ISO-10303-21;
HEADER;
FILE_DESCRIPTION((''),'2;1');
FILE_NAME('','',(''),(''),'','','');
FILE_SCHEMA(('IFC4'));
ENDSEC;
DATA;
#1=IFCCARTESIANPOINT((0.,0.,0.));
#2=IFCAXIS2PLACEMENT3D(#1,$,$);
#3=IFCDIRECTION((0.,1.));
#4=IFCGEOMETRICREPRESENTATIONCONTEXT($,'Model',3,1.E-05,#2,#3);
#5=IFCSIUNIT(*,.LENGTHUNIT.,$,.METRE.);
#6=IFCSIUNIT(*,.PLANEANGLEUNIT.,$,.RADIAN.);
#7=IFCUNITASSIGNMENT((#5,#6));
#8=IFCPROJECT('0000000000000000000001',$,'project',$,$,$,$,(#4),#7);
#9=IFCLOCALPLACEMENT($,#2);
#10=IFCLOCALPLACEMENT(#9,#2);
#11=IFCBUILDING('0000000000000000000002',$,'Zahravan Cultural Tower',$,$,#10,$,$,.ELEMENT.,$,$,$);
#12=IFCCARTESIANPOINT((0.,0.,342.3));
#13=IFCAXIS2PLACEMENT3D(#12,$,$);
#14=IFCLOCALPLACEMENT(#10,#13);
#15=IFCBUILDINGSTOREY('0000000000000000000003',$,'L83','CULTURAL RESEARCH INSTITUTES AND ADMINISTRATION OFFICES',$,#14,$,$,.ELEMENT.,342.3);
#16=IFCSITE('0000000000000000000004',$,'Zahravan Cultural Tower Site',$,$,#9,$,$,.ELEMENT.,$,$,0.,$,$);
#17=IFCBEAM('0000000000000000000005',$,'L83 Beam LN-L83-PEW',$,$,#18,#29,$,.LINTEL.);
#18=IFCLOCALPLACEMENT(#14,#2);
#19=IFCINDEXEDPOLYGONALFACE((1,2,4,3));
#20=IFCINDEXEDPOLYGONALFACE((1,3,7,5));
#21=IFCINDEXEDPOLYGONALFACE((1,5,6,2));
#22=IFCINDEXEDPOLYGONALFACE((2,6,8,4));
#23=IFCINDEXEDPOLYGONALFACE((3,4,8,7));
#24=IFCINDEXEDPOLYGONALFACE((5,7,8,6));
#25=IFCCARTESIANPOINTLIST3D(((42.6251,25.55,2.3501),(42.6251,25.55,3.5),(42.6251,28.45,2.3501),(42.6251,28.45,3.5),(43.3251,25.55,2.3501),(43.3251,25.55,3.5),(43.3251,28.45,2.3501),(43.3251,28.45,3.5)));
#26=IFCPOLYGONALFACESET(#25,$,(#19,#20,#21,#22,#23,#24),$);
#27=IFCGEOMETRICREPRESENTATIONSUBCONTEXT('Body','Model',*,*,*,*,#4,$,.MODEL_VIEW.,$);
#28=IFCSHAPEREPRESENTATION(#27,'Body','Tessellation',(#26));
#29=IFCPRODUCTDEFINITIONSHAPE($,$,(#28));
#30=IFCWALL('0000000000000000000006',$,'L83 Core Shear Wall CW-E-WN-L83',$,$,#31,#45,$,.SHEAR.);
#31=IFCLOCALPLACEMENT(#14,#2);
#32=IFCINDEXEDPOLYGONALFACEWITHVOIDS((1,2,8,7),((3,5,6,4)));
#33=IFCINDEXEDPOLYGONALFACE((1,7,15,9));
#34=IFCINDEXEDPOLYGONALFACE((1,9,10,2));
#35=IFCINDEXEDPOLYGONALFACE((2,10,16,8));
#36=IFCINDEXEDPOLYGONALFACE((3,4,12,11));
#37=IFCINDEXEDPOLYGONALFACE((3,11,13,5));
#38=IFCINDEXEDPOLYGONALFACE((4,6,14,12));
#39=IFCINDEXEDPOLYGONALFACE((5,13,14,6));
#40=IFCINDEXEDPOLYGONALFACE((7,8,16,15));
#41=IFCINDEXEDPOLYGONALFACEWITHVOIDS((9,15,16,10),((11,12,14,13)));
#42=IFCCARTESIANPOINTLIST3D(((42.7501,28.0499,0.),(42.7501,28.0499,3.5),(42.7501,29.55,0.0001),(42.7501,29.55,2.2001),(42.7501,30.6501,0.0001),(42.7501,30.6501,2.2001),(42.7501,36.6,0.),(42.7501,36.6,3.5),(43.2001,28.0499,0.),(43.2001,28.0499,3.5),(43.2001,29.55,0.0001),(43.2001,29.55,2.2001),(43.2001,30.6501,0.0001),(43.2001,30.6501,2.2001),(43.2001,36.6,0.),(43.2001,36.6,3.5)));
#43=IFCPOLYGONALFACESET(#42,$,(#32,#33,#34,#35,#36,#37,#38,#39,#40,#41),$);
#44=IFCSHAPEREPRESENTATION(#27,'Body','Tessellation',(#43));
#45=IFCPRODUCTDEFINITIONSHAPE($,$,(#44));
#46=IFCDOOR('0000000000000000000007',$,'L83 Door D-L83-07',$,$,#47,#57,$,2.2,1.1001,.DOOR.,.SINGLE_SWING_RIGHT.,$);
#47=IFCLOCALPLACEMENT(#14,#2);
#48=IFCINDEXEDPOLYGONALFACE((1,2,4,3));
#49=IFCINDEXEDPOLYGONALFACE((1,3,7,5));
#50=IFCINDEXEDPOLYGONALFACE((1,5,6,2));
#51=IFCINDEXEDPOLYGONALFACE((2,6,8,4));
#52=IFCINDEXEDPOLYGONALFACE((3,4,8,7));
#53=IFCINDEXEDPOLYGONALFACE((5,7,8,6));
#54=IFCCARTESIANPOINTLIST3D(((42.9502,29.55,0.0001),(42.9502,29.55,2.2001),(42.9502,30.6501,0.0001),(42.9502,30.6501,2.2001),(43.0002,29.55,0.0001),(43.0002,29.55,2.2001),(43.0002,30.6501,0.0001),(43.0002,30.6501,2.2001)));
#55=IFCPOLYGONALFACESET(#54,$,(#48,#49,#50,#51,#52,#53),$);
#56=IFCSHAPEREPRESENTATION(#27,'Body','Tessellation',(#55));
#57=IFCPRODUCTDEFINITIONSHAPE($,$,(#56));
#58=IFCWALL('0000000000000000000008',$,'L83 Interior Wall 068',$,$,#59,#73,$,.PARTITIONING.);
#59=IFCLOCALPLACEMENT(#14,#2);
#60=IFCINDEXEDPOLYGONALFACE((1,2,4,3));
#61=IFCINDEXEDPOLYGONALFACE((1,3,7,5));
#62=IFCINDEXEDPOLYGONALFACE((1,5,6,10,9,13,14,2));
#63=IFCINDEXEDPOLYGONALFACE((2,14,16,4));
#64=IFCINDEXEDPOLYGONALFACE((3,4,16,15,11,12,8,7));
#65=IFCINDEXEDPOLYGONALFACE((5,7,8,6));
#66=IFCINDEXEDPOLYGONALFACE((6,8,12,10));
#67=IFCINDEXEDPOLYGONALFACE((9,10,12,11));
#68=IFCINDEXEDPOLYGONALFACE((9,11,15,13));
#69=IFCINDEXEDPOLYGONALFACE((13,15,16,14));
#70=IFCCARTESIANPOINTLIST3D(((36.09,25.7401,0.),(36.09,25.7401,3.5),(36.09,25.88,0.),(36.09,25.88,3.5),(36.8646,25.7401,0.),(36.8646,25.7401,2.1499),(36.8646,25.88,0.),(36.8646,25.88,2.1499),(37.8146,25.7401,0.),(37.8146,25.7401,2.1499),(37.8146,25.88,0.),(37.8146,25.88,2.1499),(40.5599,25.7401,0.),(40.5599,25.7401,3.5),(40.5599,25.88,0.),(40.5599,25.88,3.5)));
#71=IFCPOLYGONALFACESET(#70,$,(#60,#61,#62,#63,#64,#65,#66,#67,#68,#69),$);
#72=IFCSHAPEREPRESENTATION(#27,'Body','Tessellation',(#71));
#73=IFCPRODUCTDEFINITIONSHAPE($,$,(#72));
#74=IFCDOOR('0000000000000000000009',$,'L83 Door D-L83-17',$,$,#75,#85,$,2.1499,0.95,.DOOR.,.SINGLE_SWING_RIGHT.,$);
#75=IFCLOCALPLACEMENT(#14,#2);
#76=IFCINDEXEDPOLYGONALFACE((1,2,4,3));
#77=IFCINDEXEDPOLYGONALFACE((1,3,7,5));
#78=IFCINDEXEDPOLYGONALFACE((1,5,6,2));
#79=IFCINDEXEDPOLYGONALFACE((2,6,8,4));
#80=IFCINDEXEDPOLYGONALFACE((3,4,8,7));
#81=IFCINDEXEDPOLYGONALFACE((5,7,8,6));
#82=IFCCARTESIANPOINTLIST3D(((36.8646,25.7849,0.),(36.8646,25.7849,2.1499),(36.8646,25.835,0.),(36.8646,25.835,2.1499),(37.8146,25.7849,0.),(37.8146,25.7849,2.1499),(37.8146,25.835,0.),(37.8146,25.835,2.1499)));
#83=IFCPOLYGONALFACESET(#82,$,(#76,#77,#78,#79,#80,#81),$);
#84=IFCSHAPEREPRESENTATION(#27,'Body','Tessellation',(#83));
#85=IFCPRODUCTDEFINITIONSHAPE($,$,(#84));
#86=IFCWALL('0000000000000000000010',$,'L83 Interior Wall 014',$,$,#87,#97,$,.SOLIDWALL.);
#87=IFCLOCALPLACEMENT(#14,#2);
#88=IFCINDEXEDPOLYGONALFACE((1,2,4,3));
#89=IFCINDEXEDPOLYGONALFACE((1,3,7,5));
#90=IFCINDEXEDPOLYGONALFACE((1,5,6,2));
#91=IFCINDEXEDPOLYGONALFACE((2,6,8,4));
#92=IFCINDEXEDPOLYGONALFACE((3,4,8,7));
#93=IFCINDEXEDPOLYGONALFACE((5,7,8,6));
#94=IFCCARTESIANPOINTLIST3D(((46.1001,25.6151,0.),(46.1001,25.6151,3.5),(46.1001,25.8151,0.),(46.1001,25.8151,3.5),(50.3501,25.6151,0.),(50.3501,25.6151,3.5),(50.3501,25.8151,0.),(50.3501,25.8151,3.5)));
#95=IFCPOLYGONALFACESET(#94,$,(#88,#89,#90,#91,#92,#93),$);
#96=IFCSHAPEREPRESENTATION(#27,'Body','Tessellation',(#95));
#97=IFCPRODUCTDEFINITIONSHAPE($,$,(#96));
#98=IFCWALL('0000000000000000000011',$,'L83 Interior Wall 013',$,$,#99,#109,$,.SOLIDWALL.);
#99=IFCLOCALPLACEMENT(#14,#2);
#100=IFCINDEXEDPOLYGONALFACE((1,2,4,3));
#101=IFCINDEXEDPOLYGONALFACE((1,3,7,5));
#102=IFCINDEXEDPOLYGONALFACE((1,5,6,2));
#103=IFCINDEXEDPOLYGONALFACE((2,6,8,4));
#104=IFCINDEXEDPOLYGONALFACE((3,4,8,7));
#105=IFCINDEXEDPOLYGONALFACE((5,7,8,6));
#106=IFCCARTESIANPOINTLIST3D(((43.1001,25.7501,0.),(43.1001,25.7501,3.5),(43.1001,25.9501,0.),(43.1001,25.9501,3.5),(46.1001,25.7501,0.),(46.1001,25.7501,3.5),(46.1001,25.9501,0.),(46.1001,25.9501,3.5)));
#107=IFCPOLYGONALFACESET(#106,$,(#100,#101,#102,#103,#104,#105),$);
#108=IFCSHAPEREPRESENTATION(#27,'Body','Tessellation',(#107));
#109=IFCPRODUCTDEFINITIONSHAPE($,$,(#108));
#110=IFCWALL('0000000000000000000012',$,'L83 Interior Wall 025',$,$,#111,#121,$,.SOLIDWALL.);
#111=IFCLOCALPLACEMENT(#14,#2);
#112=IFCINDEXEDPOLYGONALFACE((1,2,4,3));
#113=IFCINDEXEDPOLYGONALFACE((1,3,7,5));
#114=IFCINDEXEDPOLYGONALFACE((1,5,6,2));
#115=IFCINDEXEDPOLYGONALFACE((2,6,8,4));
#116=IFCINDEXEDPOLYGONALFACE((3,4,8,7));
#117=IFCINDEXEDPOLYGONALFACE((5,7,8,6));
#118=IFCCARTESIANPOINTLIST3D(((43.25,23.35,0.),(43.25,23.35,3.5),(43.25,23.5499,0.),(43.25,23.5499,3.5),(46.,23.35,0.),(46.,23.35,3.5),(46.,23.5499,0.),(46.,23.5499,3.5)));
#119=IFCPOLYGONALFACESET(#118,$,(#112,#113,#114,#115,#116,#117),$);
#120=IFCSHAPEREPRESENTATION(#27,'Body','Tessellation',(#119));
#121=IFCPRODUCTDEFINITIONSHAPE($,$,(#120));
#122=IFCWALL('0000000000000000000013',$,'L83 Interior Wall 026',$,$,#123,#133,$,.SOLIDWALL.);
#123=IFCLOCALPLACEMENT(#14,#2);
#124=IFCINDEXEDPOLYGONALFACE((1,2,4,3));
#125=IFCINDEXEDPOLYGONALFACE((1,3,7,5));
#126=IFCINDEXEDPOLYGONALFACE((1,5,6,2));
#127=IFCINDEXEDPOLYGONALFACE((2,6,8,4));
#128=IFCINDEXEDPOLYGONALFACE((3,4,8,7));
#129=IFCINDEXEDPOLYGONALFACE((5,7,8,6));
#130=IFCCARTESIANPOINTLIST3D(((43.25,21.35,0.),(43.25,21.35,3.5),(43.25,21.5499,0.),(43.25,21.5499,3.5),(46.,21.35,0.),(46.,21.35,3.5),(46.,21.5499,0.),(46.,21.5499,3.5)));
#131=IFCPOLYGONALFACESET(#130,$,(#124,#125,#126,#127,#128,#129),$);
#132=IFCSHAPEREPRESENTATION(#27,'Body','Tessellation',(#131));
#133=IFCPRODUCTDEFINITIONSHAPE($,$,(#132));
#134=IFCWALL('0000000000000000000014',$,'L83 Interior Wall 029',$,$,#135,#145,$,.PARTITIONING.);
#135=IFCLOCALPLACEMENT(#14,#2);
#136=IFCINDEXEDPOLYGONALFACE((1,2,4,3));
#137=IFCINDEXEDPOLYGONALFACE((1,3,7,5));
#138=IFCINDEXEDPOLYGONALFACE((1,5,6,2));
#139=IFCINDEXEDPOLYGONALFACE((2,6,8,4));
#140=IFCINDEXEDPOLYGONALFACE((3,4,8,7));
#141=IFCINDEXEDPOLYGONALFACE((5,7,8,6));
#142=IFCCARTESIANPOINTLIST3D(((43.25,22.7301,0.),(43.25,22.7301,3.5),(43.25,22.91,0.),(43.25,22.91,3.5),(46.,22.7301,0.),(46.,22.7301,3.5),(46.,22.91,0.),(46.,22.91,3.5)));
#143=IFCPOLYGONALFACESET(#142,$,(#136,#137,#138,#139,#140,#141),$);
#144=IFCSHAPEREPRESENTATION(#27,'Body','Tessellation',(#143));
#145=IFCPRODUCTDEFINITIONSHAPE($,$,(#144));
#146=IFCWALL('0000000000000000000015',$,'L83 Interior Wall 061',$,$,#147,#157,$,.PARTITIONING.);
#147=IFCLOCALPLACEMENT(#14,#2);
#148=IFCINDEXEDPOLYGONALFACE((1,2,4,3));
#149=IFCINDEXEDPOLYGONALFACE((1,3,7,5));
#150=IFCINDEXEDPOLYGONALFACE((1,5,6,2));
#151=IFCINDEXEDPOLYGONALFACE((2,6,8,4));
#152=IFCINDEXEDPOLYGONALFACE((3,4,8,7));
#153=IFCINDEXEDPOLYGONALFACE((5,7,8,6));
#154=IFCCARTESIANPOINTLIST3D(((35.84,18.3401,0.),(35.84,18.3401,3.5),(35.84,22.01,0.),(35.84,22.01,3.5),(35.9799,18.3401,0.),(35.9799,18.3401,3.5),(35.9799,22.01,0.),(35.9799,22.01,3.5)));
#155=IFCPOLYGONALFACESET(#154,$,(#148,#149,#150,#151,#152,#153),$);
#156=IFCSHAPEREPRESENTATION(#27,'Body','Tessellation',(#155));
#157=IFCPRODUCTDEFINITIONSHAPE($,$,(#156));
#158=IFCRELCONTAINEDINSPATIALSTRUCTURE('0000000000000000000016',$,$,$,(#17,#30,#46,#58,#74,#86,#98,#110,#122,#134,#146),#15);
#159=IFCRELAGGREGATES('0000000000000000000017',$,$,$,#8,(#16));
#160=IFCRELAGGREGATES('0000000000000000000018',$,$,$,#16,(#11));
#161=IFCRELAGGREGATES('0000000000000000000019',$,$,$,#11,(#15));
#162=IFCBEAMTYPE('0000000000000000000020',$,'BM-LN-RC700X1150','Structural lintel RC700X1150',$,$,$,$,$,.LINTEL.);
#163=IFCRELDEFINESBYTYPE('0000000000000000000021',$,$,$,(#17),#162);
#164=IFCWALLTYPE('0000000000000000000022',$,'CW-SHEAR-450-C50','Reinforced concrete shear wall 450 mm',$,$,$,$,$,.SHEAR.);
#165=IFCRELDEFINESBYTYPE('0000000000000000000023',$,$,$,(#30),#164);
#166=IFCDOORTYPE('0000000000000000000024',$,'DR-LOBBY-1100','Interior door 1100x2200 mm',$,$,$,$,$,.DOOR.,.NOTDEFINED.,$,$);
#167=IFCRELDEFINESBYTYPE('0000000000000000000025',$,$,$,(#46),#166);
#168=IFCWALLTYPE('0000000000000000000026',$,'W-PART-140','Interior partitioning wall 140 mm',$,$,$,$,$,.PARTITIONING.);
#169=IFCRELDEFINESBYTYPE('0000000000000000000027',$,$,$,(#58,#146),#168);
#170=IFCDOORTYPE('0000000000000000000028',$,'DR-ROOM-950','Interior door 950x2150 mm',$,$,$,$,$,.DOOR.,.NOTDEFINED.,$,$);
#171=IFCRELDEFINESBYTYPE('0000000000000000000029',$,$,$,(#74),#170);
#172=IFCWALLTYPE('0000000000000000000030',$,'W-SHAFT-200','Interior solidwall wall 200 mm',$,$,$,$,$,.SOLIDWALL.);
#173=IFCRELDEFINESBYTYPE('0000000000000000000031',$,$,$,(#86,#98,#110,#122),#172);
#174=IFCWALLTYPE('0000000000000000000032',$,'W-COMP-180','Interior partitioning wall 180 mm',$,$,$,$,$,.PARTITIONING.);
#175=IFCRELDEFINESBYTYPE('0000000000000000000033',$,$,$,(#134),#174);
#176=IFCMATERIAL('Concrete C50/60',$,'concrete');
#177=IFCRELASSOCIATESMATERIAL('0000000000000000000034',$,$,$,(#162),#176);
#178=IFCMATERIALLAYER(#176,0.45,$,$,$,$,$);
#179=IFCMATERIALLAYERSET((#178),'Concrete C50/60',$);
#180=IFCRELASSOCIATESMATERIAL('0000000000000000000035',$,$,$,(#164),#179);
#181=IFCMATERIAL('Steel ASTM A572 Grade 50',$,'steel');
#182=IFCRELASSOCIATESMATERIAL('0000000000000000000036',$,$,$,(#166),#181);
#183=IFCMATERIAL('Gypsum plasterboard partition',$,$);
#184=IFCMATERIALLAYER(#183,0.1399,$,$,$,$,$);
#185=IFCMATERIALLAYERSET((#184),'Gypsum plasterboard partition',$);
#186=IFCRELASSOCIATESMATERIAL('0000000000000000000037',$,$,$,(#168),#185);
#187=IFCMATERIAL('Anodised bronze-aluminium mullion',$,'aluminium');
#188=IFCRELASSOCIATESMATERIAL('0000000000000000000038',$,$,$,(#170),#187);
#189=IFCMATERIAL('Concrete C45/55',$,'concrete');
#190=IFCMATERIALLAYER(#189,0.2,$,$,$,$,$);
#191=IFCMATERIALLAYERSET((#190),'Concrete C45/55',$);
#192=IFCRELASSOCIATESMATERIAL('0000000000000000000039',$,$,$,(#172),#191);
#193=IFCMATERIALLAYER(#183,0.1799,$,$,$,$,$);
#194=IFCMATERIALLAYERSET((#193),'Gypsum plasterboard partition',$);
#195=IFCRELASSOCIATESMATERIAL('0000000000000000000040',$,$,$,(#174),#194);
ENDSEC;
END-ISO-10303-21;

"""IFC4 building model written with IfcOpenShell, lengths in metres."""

from ifc_helpers import new_model, si_unit, direction, frame, frame_2d, origin, origin_2d, place, context, subcontext, project, spatial, rectangle, extrude, source, transform, mapped, material, layer, layer_set, material_profile, profile_set, type_object, element, fill, save


model = new_model("IFC4")

# Units and contexts
model_context = context("Model", 3, precision=1e-05, world=origin(), true_north=direction((0.0, 1.0)))
body_context = subcontext(model_context, "Body", "Model", "MODEL_VIEW")
ifc_project = project(units=[si_unit("LENGTHUNIT", "METRE"), si_unit("PLANEANGLEUNIT", "RADIAN")], contexts=[model_context])

# Site, building, storey
site_placement = place(None, origin())
site = spatial("IfcSite", under=ifc_project, at=site_placement, Name="Zahravan Cultural Tower Site", CompositionType="ELEMENT", RefElevation=0.0)
building_placement = place(site_placement, origin())
building = spatial("IfcBuilding", under=site, at=building_placement, Name="Zahravan Cultural Tower", CompositionType="ELEMENT")
storey_placement = place(building_placement, frame((0.0, 0.0, 342.3)))
storey = spatial("IfcBuildingStorey", under=building, at=storey_placement, Name="L83", Description="CULTURAL RESEARCH INSTITUTES AND ADMINISTRATION OFFICES", CompositionType="ELEMENT", Elevation=342.3)

# Beam
ifc_material_1 = material(Name="Concrete C50/60", Category="concrete")
ifc_material_profile = material_profile(ifc_material_1, rectangle(XDim=0.7, YDim=1.1499, at=origin_2d()), Name="RC700X1150")
ifc_profile_set = profile_set([ifc_material_profile], Name="Concrete C50/60")
beam_type = type_object("IfcBeamType", Name="BM-LN-RC700X1150", Description="Structural lintel RC700X1150", PredefinedType="LINTEL", material=ifc_profile_set)
shared_shape_1 = source(origin(), body_context, "Body", "SweptSolid", [
    extrude(rectangle(XDim=0.7, YDim=1.1499, at=origin_2d()), origin(), (0.0, 0.0, 1.0), 2.8999),
])
beam_placement = place(storey_placement, frame((42.9751, 25.55, 2.925), z_axis=(0.0, 1.0, 0.0), x_axis=(-1.0, 0.0, 0.0)))
element("IfcBeam", 1, at=beam_placement, inside=storey, type_object=beam_type, Name="L83 Beam LN-L83-PEW", PredefinedType="LINTEL", context=body_context, shape_type="MappedRepresentation", body=[
    mapped(shared_shape_1, transform((0.0, 0.0, 0.0), x_axis=(1.0, 0.0, 0.0), y_axis=(0.0, 1.0, 0.0), z_axis=(0.0, 0.0, 1.0), scale=1.0)),
])

# Walls, openings, doors
ifc_layer_1 = layer(ifc_material_1, 0.45)
ifc_layer_set_1 = layer_set([ifc_layer_1], Name="Concrete C50/60")
wall_type_1 = type_object("IfcWallType", Name="CW-SHEAR-450-C50", Description="Reinforced concrete shear wall 450 mm", PredefinedType="SHEAR", material=ifc_layer_set_1)
wall_1_placement = place(storey_placement, frame((42.9751, 28.05, 0.0), z_axis=(0.0, 0.0, 1.0), x_axis=(0.0, 1.0, 0.0)))
wall_1 = element("IfcWall", 2, at=wall_1_placement, inside=storey, type_object=wall_type_1, Name="L83 Core Shear Wall CW-E-WN-L83", PredefinedType="SHEAR", context=body_context, shape_type="SweptSolid", body=[
    extrude(rectangle(XDim=8.55, YDim=0.45, at=frame_2d((4.2749, 0.0))), origin(), (0.0, 0.0, 1.0), 3.5),
])
opening_1_placement = place(wall_1_placement, frame((1.5, 0.0, 0.0)))
opening_1 = element("IfcOpeningElement", 3, at=opening_1_placement, cuts=wall_1, PredefinedType="OPENING", context=body_context, shape_type="SweptSolid", body=[
    extrude(rectangle(XDim=1.1001, YDim=2.2, at=frame_2d((0.55, 1.1001))), frame((0.0, 0.2349, 0.0), z_axis=(0.0, -1.0, 0.0), x_axis=(1.0, 0.0, 0.0)), (0.0, 0.0, 1.0), 0.47),
])
ifc_material_2 = material(Name="Steel ASTM A572 Grade 50", Category="steel")
door_type_1 = type_object("IfcDoorType", Name="DR-LOBBY-1100", Description="Interior door 1100x2200 mm", OperationType="NOTDEFINED", PredefinedType="DOOR", material=ifc_material_2)
shared_shape_2 = source(origin(), body_context, "Body", "SweptSolid", [
    extrude(rectangle(XDim=1.1001, YDim=2.2, at=frame_2d((0.55, 1.1001))), frame((0.0, 0.0249, 0.0), z_axis=(0.0, -1.0, 0.0), x_axis=(1.0, 0.0, 0.0)), (0.0, 0.0, 1.0), 0.05),
])
door_1_placement = place(opening_1_placement, origin())
door_1 = element("IfcDoor", 4, at=door_1_placement, inside=storey, type_object=door_type_1, Name="L83 Door D-L83-07", OperationType="SINGLE_SWING_RIGHT", OverallHeight=2.2, OverallWidth=1.1001, PredefinedType="DOOR", context=body_context, shape_type="MappedRepresentation", body=[
    mapped(shared_shape_2, transform((0.0, 0.0, 0.0), x_axis=(1.0, 0.0, 0.0), y_axis=(0.0, 1.0, 0.0), z_axis=(0.0, 0.0, 1.0), scale=1.0)),
])
fill(opening_1, door_1)
ifc_material_3 = material(Name="Gypsum plasterboard partition")
ifc_layer_2 = layer(ifc_material_3, 0.1399)
ifc_layer_set_2 = layer_set([ifc_layer_2], Name="Gypsum plasterboard partition")
wall_type_2 = type_object("IfcWallType", Name="W-PART-140", Description="Interior partitioning wall 140 mm", PredefinedType="PARTITIONING", material=ifc_layer_set_2)
ifc_material_4 = material(Name="Anodised bronze-aluminium mullion", Category="aluminium")
door_type_2 = type_object("IfcDoorType", Name="DR-ROOM-950", Description="Interior door 950x2150 mm", OperationType="NOTDEFINED", PredefinedType="DOOR", material=ifc_material_4)
shared_shape_3 = source(origin(), body_context, "Body", "SweptSolid", [
    extrude(rectangle(XDim=0.95, YDim=2.1499, at=frame_2d((0.4751, 1.075))), frame((0.0, 0.0249, 0.0), z_axis=(0.0, -1.0, 0.0), x_axis=(1.0, 0.0, 0.0)), (0.0, 0.0, 1.0), 0.05),
])
wall_2_placement = place(storey_placement, frame((36.0901, 25.8101, 0.0), z_axis=(0.0, 0.0, 1.0), x_axis=(1.0, 0.0, 0.0)))
wall_2 = element("IfcWall", 5, at=wall_2_placement, inside=storey, type_object=wall_type_2, Name="L83 Interior Wall 068", PredefinedType="PARTITIONING", context=body_context, shape_type="SweptSolid", body=[
    extrude(rectangle(XDim=4.47, YDim=0.1399, at=frame_2d((2.2349, 0.0))), origin(), (0.0, 0.0, 1.0), 3.5),
])
opening_2_placement = place(wall_2_placement, frame((0.7744, 0.0, 0.0)))
opening_2 = element("IfcOpeningElement", 6, at=opening_2_placement, cuts=wall_2, PredefinedType="OPENING", context=body_context, shape_type="SweptSolid", body=[
    extrude(rectangle(XDim=0.95, YDim=2.1499, at=frame_2d((0.4751, 1.075))), frame((0.0, 0.0798, 0.0), z_axis=(0.0, -1.0, 0.0), x_axis=(1.0, 0.0, 0.0)), (0.0, 0.0, 1.0), 0.1599),
])
door_2_placement = place(opening_2_placement, origin())
door_2 = element("IfcDoor", 7, at=door_2_placement, inside=storey, type_object=door_type_2, Name="L83 Door D-L83-17", OperationType="SINGLE_SWING_RIGHT", OverallHeight=2.1499, OverallWidth=0.95, PredefinedType="DOOR", context=body_context, shape_type="MappedRepresentation", body=[
    mapped(shared_shape_3, transform((0.0, 0.0, 0.0), x_axis=(1.0, 0.0, 0.0), y_axis=(0.0, 1.0, 0.0), z_axis=(0.0, 0.0, 1.0), scale=1.0)),
])
fill(opening_2, door_2)

# Walls
ifc_material_5 = material(Name="Concrete C45/55", Category="concrete")
ifc_layer_3 = layer(ifc_material_5, 0.2)
ifc_layer_set_3 = layer_set([ifc_layer_3], Name="Concrete C45/55")
wall_type_3 = type_object("IfcWallType", Name="W-SHAFT-200", Description="Interior solidwall wall 200 mm", PredefinedType="SOLIDWALL", material=ifc_layer_set_3)
shared_shape_4 = source(origin(), body_context, "Body", "SweptSolid", [
    extrude(rectangle(XDim=4.25, YDim=0.2, at=frame_2d((2.125, 0.0))), origin(), (0.0, 0.0, 1.0), 3.5),
])
wall_3_placement = place(storey_placement, frame((46.1001, 25.7151, 0.0), z_axis=(0.0, 0.0, 1.0), x_axis=(1.0, 0.0, 0.0)))
element("IfcWall", 8, at=wall_3_placement, inside=storey, type_object=wall_type_3, Name="L83 Interior Wall 014", PredefinedType="SOLIDWALL", context=body_context, shape_type="MappedRepresentation", body=[
    mapped(shared_shape_4, transform((0.0, 0.0, 0.0), x_axis=(1.0, 0.0, 0.0), y_axis=(0.0, 1.0, 0.0), z_axis=(0.0, 0.0, 1.0), scale=1.0)),
])
shared_shape_5 = source(origin(), body_context, "Body", "SweptSolid", [
    extrude(rectangle(XDim=3.0, YDim=0.2, at=frame_2d((1.5, 0.0))), origin(), (0.0, 0.0, 1.0), 3.5),
])
wall_4_placement = place(storey_placement, frame((43.1001, 25.8501, 0.0), z_axis=(0.0, 0.0, 1.0), x_axis=(1.0, 0.0, 0.0)))
element("IfcWall", 9, at=wall_4_placement, inside=storey, type_object=wall_type_3, Name="L83 Interior Wall 013", PredefinedType="SOLIDWALL", context=body_context, shape_type="MappedRepresentation", body=[
    mapped(shared_shape_5, transform((0.0, 0.0, 0.0), x_axis=(1.0, 0.0, 0.0), y_axis=(0.0, 1.0, 0.0), z_axis=(0.0, 0.0, 1.0), scale=1.0)),
])
shared_shape_6 = source(origin(), body_context, "Body", "SweptSolid", [
    extrude(rectangle(XDim=2.75, YDim=0.2, at=frame_2d((1.375, 0.0))), origin(), (0.0, 0.0, 1.0), 3.5),
])
for number, where, z_axis, x_axis, name in (
    (10, (43.25, 23.45, 0.0), (0.0, 0.0, 1.0), (1.0, 0.0, 0.0), "L83 Interior Wall 025"),
    (11, (43.25, 21.45, 0.0), (0.0, 0.0, 1.0), (1.0, 0.0, 0.0), "L83 Interior Wall 026"),
):
    element("IfcWall", number, at=place(storey_placement, frame(where, z_axis=z_axis, x_axis=x_axis)), inside=storey, type_object=wall_type_3, Name=name, PredefinedType="SOLIDWALL", context=body_context, shape_type="MappedRepresentation", body=[
        mapped(shared_shape_6, transform((0.0, 0.0, 0.0), x_axis=(1.0, 0.0, 0.0), y_axis=(0.0, 1.0, 0.0), z_axis=(0.0, 0.0, 1.0), scale=1.0)),
    ])
ifc_layer_4 = layer(ifc_material_3, 0.1799)
ifc_layer_set_4 = layer_set([ifc_layer_4], Name="Gypsum plasterboard partition")
wall_type_4 = type_object("IfcWallType", Name="W-COMP-180", Description="Interior partitioning wall 180 mm", PredefinedType="PARTITIONING", material=ifc_layer_set_4)
shared_shape_7 = source(origin(), body_context, "Body", "SweptSolid", [
    extrude(rectangle(XDim=2.75, YDim=0.1799, at=frame_2d((1.375, 0.0))), origin(), (0.0, 0.0, 1.0), 3.5),
])
wall_5_placement = place(storey_placement, frame((43.25, 22.8201, 0.0), z_axis=(0.0, 0.0, 1.0), x_axis=(1.0, 0.0, 0.0)))
element("IfcWall", 12, at=wall_5_placement, inside=storey, type_object=wall_type_4, Name="L83 Interior Wall 029", PredefinedType="PARTITIONING", context=body_context, shape_type="MappedRepresentation", body=[
    mapped(shared_shape_7, transform((0.0, 0.0, 0.0), x_axis=(1.0, 0.0, 0.0), y_axis=(0.0, 1.0, 0.0), z_axis=(0.0, 0.0, 1.0), scale=1.0)),
])
shared_shape_8 = source(origin(), body_context, "Body", "SweptSolid", [
    extrude(rectangle(XDim=3.6699, YDim=0.1399, at=frame_2d((1.835, 0.0))), origin(), (0.0, 0.0, 1.0), 3.5),
])
wall_6_placement = place(storey_placement, frame((35.9099, 22.01, 0.0), z_axis=(0.0, 0.0, 1.0), x_axis=(0.0, -1.0, 0.0)))
element("IfcWall", 13, at=wall_6_placement, inside=storey, type_object=wall_type_2, Name="L83 Interior Wall 061", PredefinedType="PARTITIONING", context=body_context, shape_type="MappedRepresentation", body=[
    mapped(shared_shape_8, transform((0.0, 0.0, 0.0), x_axis=(1.0, 0.0, 0.0), y_axis=(0.0, 1.0, 0.0), z_axis=(0.0, 0.0, 1.0), scale=1.0)),
])

save(model, "model.ifc")
